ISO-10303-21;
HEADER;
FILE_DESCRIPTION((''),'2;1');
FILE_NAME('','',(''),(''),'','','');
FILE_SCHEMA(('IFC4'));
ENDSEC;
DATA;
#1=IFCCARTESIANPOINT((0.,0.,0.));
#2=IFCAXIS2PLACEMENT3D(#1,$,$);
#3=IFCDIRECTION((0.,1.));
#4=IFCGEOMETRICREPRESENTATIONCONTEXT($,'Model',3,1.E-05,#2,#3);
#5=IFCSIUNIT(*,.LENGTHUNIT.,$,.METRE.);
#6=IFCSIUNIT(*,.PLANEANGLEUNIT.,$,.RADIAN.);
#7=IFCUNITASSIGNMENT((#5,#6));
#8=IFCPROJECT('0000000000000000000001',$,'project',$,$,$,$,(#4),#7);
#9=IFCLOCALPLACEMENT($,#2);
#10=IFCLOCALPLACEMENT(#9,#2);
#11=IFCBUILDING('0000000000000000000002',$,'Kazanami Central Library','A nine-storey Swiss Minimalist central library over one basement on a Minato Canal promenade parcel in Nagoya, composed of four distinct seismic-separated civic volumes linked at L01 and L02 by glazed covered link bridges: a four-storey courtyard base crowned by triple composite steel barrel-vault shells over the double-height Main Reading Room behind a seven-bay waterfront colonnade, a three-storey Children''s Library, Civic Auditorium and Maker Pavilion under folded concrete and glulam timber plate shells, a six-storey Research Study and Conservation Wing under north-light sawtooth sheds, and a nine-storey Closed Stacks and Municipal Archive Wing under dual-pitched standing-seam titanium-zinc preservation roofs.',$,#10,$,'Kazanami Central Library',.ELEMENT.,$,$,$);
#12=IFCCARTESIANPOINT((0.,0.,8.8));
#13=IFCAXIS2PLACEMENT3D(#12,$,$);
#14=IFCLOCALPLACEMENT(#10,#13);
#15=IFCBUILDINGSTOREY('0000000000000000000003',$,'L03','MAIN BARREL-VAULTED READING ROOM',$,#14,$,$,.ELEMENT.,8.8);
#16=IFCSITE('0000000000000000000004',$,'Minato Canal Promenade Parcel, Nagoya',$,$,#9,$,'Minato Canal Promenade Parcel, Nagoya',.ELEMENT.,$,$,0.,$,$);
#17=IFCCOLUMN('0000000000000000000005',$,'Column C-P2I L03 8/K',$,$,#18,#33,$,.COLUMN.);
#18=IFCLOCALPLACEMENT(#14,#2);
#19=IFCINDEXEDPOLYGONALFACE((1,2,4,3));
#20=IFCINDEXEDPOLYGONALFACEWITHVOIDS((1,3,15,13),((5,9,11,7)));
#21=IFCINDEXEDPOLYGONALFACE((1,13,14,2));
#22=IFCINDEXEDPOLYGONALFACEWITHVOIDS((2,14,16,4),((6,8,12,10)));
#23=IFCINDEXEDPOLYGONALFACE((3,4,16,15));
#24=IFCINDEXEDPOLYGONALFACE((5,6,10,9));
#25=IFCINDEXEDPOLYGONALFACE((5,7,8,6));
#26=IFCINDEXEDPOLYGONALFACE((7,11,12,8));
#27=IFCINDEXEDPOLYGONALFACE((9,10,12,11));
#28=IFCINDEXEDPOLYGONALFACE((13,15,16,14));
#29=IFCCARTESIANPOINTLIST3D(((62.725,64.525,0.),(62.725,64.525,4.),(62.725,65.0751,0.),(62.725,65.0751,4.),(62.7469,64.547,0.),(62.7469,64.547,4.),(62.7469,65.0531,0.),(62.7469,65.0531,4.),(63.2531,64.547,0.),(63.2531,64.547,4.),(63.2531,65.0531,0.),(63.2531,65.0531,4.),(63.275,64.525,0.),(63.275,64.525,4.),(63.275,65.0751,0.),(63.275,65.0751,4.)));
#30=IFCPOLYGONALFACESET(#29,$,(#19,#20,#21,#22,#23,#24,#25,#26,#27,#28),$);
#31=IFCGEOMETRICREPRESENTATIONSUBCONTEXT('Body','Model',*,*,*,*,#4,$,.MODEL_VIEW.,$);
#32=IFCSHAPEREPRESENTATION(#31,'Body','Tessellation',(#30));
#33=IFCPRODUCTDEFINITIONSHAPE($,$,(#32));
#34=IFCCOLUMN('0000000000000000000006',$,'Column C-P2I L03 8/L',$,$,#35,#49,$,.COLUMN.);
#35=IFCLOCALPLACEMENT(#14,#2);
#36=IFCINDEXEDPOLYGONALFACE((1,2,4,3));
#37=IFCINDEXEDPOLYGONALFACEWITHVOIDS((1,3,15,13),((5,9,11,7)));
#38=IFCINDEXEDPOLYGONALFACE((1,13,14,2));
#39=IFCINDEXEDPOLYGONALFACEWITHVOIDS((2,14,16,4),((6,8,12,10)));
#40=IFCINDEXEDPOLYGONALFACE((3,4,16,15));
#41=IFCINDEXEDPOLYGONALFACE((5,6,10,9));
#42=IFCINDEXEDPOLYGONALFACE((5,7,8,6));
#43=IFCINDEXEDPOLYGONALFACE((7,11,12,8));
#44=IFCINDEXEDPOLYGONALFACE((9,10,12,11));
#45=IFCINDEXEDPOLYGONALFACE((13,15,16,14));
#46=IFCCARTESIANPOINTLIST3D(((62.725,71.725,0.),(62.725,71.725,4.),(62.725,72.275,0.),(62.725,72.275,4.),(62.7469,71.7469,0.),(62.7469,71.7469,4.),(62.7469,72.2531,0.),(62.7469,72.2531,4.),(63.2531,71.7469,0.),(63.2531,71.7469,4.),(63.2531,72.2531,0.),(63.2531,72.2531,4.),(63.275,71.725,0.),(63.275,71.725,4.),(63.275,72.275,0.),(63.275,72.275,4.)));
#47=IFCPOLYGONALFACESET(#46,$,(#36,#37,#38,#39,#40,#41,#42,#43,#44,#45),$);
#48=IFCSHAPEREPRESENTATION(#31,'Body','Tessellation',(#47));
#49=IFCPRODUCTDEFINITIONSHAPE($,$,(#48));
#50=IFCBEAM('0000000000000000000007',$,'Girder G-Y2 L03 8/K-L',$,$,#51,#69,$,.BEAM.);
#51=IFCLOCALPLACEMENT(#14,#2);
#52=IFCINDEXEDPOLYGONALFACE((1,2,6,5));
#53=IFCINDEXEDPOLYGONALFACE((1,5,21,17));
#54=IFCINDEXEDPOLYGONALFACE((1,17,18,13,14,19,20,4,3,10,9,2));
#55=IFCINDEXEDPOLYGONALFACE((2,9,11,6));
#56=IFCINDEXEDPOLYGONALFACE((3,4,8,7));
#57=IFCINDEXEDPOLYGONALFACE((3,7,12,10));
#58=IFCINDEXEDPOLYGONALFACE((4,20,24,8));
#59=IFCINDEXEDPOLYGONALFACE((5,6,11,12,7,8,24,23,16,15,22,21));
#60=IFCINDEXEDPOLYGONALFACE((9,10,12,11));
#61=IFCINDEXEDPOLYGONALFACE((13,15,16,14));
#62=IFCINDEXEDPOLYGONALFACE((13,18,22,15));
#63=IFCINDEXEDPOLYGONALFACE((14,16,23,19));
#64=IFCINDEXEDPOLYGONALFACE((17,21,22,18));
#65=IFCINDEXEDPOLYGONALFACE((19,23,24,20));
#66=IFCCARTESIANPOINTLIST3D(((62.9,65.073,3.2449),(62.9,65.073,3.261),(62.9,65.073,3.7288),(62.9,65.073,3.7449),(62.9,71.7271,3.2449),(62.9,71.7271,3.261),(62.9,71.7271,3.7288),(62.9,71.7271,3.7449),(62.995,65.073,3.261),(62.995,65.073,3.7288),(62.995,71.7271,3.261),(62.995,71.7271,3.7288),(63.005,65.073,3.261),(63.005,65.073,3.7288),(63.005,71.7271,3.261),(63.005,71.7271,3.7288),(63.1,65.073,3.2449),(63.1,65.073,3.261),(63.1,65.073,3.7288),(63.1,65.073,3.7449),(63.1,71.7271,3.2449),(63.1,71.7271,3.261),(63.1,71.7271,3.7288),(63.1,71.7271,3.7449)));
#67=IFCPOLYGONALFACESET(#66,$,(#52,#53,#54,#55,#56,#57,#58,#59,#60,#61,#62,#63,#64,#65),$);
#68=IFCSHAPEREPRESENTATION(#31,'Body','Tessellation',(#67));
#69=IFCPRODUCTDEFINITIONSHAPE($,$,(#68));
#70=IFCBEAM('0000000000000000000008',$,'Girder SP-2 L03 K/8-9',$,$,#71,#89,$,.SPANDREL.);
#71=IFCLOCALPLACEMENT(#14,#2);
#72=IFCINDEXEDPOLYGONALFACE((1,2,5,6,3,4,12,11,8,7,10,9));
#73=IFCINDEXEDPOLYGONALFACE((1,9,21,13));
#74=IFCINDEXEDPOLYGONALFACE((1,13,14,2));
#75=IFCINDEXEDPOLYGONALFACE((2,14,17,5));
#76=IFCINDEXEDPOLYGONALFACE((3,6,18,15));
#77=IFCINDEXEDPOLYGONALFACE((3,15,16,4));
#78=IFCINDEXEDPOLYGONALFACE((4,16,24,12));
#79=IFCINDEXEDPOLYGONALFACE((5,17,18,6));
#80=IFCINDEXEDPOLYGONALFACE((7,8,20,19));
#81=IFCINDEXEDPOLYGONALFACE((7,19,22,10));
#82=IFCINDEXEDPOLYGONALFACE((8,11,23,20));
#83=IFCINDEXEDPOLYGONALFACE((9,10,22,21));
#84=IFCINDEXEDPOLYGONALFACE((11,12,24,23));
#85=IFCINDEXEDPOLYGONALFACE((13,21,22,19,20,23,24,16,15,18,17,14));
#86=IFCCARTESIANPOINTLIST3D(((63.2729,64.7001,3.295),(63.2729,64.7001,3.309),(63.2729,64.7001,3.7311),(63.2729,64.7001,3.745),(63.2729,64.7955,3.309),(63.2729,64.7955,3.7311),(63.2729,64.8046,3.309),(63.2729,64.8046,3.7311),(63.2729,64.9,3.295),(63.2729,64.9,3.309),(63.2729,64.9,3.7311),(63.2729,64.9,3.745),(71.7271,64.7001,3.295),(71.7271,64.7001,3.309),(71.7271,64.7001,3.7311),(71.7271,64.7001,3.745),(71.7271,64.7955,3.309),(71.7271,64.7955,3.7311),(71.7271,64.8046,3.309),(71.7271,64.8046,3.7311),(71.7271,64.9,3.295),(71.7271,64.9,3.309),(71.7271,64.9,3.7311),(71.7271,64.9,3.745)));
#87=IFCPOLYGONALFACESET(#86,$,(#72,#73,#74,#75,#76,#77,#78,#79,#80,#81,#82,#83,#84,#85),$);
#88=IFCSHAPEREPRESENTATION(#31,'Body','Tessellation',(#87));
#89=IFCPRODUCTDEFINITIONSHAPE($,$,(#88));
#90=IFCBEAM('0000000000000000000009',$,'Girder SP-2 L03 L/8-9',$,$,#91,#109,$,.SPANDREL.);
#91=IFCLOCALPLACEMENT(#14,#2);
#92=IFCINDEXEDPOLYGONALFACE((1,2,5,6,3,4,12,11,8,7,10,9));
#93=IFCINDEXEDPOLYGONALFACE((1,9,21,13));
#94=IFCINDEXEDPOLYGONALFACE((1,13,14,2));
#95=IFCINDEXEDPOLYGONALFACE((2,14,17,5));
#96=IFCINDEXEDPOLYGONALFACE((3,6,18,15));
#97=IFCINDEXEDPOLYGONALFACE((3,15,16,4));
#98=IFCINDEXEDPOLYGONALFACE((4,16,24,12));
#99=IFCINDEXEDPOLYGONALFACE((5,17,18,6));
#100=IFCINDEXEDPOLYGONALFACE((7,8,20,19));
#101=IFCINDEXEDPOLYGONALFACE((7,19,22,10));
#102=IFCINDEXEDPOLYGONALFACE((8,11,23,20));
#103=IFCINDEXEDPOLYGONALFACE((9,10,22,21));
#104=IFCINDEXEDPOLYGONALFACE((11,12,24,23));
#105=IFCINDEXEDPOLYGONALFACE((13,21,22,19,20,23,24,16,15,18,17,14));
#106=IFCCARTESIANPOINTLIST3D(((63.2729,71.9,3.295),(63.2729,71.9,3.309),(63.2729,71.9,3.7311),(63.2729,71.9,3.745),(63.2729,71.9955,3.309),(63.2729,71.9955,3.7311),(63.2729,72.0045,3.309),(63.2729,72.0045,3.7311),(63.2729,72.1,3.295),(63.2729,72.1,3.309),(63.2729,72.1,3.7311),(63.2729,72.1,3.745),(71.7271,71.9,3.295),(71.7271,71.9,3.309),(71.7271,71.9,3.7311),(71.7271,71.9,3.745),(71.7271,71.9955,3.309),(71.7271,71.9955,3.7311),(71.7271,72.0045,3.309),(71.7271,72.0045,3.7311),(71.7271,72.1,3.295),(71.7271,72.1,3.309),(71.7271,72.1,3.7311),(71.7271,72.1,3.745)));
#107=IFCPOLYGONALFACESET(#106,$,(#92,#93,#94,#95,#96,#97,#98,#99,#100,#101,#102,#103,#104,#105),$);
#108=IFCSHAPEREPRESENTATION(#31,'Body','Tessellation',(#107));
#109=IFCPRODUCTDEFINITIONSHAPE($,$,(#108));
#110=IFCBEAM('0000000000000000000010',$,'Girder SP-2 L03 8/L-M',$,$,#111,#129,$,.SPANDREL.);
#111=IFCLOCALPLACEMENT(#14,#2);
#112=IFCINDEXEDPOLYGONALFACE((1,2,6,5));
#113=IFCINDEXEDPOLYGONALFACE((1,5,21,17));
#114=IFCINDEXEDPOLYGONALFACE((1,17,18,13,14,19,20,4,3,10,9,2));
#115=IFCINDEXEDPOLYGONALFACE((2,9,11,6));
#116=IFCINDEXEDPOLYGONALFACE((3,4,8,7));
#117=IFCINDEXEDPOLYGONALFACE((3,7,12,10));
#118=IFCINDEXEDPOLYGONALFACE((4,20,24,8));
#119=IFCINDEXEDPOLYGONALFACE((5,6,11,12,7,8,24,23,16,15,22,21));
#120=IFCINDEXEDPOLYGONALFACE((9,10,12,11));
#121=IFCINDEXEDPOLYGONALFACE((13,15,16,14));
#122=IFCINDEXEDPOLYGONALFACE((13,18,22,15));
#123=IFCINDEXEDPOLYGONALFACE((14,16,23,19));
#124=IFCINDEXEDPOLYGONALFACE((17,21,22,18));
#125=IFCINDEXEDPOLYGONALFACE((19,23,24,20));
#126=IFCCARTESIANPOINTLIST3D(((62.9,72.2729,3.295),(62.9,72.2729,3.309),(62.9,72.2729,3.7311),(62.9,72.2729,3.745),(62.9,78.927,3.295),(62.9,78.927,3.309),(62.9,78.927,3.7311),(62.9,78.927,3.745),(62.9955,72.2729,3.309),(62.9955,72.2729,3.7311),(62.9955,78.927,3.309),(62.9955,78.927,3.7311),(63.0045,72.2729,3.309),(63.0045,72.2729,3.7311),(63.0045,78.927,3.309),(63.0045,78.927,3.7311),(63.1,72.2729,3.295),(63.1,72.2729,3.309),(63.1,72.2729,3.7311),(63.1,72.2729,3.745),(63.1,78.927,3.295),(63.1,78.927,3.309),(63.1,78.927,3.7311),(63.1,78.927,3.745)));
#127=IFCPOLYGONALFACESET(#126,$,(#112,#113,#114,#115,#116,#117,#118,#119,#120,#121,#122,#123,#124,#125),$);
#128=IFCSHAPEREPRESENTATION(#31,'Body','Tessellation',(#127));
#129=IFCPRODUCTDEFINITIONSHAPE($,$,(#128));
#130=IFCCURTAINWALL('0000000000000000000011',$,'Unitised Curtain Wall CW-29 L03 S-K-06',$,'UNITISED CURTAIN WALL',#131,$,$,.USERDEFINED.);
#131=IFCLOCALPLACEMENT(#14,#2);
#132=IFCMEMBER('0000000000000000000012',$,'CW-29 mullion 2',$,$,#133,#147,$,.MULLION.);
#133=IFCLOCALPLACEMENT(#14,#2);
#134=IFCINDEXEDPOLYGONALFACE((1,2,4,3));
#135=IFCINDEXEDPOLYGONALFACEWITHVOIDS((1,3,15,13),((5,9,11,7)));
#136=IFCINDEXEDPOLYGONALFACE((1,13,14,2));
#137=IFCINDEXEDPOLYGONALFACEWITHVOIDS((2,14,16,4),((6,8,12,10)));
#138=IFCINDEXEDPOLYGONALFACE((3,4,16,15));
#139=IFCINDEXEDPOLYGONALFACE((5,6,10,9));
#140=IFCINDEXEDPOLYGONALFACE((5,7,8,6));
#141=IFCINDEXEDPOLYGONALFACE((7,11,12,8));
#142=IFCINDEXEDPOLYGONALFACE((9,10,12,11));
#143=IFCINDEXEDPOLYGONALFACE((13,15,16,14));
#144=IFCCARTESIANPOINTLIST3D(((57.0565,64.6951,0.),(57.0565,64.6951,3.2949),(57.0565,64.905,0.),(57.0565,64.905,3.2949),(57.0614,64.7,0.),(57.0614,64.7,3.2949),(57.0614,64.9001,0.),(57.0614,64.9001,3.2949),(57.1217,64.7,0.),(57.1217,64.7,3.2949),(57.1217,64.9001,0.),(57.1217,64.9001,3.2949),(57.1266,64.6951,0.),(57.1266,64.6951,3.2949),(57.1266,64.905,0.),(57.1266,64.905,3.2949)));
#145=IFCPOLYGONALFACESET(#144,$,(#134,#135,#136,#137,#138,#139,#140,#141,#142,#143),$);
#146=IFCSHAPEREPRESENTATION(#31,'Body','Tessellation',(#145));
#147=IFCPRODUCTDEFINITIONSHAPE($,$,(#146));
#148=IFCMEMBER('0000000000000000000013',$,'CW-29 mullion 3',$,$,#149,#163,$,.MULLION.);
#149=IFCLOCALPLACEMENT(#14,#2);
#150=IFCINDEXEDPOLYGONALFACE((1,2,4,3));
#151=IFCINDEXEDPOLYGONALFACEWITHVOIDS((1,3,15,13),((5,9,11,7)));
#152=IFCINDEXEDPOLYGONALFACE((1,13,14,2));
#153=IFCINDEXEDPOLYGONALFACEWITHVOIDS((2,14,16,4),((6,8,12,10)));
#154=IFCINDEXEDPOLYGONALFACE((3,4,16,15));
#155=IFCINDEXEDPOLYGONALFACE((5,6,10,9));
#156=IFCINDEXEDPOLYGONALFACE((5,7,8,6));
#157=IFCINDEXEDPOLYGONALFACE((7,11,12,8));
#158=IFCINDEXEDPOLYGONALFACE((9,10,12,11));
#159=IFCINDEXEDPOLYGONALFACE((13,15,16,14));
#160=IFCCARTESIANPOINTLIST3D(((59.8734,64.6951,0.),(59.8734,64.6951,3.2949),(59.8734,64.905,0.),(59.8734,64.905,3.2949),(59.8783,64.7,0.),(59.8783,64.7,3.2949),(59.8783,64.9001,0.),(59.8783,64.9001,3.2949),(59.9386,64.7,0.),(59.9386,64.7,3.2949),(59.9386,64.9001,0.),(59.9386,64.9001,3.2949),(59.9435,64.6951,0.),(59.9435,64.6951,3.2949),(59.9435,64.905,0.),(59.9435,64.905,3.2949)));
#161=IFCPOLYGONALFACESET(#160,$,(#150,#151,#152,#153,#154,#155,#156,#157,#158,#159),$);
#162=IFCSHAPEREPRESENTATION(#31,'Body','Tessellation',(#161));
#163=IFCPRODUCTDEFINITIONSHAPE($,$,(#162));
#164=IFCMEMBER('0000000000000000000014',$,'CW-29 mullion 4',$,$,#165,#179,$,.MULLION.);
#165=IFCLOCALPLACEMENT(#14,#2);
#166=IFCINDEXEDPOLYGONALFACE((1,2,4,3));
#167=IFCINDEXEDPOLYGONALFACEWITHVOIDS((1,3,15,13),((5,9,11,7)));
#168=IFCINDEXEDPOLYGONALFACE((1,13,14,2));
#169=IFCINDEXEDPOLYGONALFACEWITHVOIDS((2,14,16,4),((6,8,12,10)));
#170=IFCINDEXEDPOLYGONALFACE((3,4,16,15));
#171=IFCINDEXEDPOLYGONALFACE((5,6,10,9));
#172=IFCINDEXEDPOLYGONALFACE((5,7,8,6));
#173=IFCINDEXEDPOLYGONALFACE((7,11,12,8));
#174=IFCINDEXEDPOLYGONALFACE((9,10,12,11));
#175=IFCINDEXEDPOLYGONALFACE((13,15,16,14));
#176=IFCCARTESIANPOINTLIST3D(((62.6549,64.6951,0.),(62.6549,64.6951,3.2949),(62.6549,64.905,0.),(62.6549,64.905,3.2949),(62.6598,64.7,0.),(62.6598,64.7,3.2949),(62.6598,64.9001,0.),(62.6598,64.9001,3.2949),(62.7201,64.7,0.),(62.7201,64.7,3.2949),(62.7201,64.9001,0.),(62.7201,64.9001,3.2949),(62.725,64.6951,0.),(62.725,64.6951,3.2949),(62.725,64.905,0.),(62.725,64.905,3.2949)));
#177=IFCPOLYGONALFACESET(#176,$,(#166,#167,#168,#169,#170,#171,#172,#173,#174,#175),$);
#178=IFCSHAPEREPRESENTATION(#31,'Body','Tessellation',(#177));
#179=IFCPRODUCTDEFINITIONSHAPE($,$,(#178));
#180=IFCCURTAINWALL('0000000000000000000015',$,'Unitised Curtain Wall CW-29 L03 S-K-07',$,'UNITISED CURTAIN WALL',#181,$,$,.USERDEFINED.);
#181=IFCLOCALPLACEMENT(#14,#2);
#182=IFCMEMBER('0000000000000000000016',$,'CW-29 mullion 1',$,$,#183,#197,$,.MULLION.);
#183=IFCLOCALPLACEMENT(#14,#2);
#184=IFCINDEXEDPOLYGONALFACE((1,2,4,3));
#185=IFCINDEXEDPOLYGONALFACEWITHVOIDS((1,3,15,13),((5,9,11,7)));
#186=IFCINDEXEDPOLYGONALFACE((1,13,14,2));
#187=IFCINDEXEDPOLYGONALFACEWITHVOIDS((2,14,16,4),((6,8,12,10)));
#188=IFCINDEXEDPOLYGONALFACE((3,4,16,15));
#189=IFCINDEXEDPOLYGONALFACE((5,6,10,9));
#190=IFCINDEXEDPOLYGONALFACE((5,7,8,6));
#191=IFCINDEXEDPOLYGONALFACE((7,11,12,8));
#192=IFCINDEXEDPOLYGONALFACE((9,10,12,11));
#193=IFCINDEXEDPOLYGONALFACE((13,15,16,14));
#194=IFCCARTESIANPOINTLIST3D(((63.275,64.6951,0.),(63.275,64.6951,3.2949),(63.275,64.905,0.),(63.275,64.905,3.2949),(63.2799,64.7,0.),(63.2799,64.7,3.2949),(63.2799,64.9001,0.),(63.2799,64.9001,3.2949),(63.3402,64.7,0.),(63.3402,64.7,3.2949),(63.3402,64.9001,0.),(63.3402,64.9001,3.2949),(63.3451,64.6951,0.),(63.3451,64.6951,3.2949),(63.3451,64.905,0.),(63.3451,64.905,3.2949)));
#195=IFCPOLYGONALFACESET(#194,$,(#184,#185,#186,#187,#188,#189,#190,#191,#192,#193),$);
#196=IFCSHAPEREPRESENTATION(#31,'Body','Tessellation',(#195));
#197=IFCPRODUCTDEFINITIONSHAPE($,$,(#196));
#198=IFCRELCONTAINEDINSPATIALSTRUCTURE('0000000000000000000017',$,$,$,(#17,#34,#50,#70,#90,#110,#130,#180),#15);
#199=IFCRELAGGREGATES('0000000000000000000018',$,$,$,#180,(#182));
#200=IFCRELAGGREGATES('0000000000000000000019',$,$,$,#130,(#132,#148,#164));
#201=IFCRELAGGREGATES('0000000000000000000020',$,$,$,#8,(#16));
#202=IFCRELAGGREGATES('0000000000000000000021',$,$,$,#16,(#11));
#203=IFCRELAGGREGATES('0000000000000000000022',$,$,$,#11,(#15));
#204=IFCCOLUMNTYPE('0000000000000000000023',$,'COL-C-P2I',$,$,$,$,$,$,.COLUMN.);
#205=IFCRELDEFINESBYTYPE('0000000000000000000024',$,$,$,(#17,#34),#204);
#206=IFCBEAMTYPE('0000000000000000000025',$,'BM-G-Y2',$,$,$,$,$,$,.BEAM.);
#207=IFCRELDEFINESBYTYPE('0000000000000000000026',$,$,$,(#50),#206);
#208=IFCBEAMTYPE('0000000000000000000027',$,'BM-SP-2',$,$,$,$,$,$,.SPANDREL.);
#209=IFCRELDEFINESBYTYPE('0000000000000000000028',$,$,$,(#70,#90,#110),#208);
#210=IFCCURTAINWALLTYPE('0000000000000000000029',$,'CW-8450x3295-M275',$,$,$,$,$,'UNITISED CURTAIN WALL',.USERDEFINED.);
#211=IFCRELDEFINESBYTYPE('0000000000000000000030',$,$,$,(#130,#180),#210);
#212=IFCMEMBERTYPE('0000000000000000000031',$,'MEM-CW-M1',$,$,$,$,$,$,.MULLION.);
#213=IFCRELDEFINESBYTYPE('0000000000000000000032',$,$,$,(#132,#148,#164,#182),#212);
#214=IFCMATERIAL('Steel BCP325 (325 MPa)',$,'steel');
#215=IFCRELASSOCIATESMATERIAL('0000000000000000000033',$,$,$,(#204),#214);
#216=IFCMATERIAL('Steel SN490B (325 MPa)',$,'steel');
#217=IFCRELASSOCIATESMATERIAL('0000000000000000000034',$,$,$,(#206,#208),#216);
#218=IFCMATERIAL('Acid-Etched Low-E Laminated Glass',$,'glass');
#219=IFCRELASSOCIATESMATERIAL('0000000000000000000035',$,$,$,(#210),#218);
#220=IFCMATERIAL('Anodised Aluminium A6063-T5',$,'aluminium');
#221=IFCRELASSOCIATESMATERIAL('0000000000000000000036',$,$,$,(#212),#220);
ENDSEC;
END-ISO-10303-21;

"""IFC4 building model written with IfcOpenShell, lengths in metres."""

from ifc_helpers import new_model, si_unit, direction, frame, origin, origin_2d, place, context, subcontext, project, spatial, hollow_rectangle, i_section, extrude, material, material_profile, profile_set, type_object, element, aggregate, save


model = new_model("IFC4")

# Units and contexts
model_context = context("Model", 3, precision=1e-05, world=origin(), true_north=direction((0.0, 1.0)))
body_context = subcontext(model_context, "Body", "Model", "MODEL_VIEW")
ifc_project = project(units=[si_unit("LENGTHUNIT", "METRE"), si_unit("PLANEANGLEUNIT", "RADIAN")], contexts=[model_context])

# Site, building, storey
site_placement = place(None, origin())
site = spatial("IfcSite", under=ifc_project, at=site_placement, Name="Minato Canal Promenade Parcel, Nagoya", LongName="Minato Canal Promenade Parcel, Nagoya", CompositionType="ELEMENT", RefElevation=0.0)
building_placement = place(site_placement, origin())
building = spatial("IfcBuilding", under=site, at=building_placement, Name="Kazanami Central Library", Description="A nine-storey Swiss Minimalist central library over one basement on a Minato Canal promenade parcel in Nagoya, composed of four distinct seismic-separated civic volumes linked at L01 and L02 by glazed covered link bridges: a four-storey courtyard base crowned by triple composite steel barrel-vault shells over the double-height Main Reading Room behind a seven-bay waterfront colonnade, a three-storey Children's Library, Civic Auditorium and Maker Pavilion under folded concrete and glulam timber plate shells, a six-storey Research Study and Conservation Wing under north-light sawtooth sheds, and a nine-storey Closed Stacks and Municipal Archive Wing under dual-pitched standing-seam titanium-zinc preservation roofs.", LongName="Kazanami Central Library", CompositionType="ELEMENT")
storey_placement = place(building_placement, frame((0.0, 0.0, 8.8)))
storey = spatial("IfcBuildingStorey", under=building, at=storey_placement, Name="L03", Description="MAIN BARREL-VAULTED READING ROOM", CompositionType="ELEMENT", Elevation=8.8)

# Columns
ifc_material_1 = material(Name="Steel BCP325 (325 MPa)", Category="steel")
ifc_material_profile_1 = material_profile(ifc_material_1, hollow_rectangle(XDim=0.55, YDim=0.55, WallThickness=0.022, at=origin_2d()), Name="BCP-550x550x22")
ifc_profile_set_1 = profile_set([ifc_material_profile_1], Name="Steel BCP325 (325 MPa)")
column_type = type_object("IfcColumnType", Name="COL-C-P2I", PredefinedType="COLUMN", material=ifc_profile_set_1)
for number, where, z_axis, x_axis, name in (
    (1, (63.0, 64.8, 0.0), (0.0, 0.0, 1.0), (1.0, 0.0, 0.0), "Column C-P2I L03 8/K"),
    (2, (63.0, 72.0, 0.0), (0.0, 0.0, 1.0), (1.0, 0.0, 0.0), "Column C-P2I L03 8/L"),
):
    element("IfcColumn", number, at=place(storey_placement, frame(where, z_axis=z_axis, x_axis=x_axis)), inside=storey, type_object=column_type, Name=name, PredefinedType="COLUMN", context=body_context, shape_type="SweptSolid", body=[
        extrude(hollow_rectangle(XDim=0.55, YDim=0.55, WallThickness=0.022, at=origin_2d()), origin(), (0.0, 0.0, 1.0), 4.0),
    ])

# Beams
ifc_material_2 = material(Name="Steel SN490B (325 MPa)", Category="steel")
ifc_material_profile_2 = material_profile(ifc_material_2, i_section(OverallWidth=0.2, OverallDepth=0.5, WebThickness=0.01, FlangeThickness=0.0161, at=origin_2d()), Name="H-500x200x10x16")
ifc_profile_set_2 = profile_set([ifc_material_profile_2], Name="Steel SN490B (325 MPa)")
beam_type_1 = type_object("IfcBeamType", Name="BM-G-Y2", PredefinedType="BEAM", material=ifc_profile_set_2)
beam_1_placement = place(storey_placement, frame((63.0, 65.073, 3.4949), z_axis=(0.0, 1.0, 0.0), x_axis=(-1.0, 0.0, 0.0)))
element("IfcBeam", 3, at=beam_1_placement, inside=storey, type_object=beam_type_1, Name="Girder G-Y2 L03 8/K-L", PredefinedType="BEAM", context=body_context, shape_type="SweptSolid", body=[
    extrude(i_section(OverallWidth=0.2, OverallDepth=0.5, WebThickness=0.01, FlangeThickness=0.0161, at=origin_2d()), origin(), (0.0, 0.0, 1.0), 6.6541),
])
ifc_material_profile_3 = material_profile(ifc_material_2, i_section(OverallWidth=0.2, OverallDepth=0.45, WebThickness=0.009, FlangeThickness=0.0139, at=origin_2d()), Name="H-450x200x9x14")
ifc_profile_set_3 = profile_set([ifc_material_profile_3], Name="Steel SN490B (325 MPa)")
beam_type_2 = type_object("IfcBeamType", Name="BM-SP-2", PredefinedType="SPANDREL", material=ifc_profile_set_3)
for number, where, z_axis, x_axis, name in (
    (4, (63.2729, 64.8, 3.52), (1.0, 0.0, 0.0), (0.0, 1.0, 0.0), "Girder SP-2 L03 K/8-9"),
    (5, (63.2729, 72.0, 3.52), (1.0, 0.0, 0.0), (0.0, 1.0, 0.0), "Girder SP-2 L03 L/8-9"),
):
    element("IfcBeam", number, at=place(storey_placement, frame(where, z_axis=z_axis, x_axis=x_axis)), inside=storey, type_object=beam_type_2, Name=name, PredefinedType="SPANDREL", context=body_context, shape_type="SweptSolid", body=[
        extrude(i_section(OverallWidth=0.2, OverallDepth=0.45, WebThickness=0.009, FlangeThickness=0.0139, at=origin_2d()), origin(), (0.0, 0.0, 1.0), 8.4541),
    ])
beam_2_placement = place(storey_placement, frame((63.0, 72.2729, 3.52), z_axis=(0.0, 1.0, 0.0), x_axis=(-1.0, 0.0, 0.0)))
element("IfcBeam", 6, at=beam_2_placement, inside=storey, type_object=beam_type_2, Name="Girder SP-2 L03 8/L-M", PredefinedType="SPANDREL", context=body_context, shape_type="SweptSolid", body=[
    extrude(i_section(OverallWidth=0.2, OverallDepth=0.45, WebThickness=0.009, FlangeThickness=0.0139, at=origin_2d()), origin(), (0.0, 0.0, 1.0), 6.6541),
])

# Curtain wall, members
ifc_material_3 = material(Name="Acid-Etched Low-E Laminated Glass", Category="glass")
curtain_wall_type = type_object("IfcCurtainWallType", Name="CW-8450x3295-M275", ElementType="UNITISED CURTAIN WALL", PredefinedType="USERDEFINED", material=ifc_material_3)
curtain_wall_1_placement = place(storey_placement, origin())
curtain_wall_1 = element("IfcCurtainWall", 7, at=curtain_wall_1_placement, inside=storey, type_object=curtain_wall_type, Name="Unitised Curtain Wall CW-29 L03 S-K-06", ObjectType="UNITISED CURTAIN WALL", PredefinedType="USERDEFINED")
ifc_material_4 = material(Name="Anodised Aluminium A6063-T5", Category="aluminium")
ifc_material_profile_4 = material_profile(ifc_material_4, hollow_rectangle(XDim=0.0701, YDim=0.21, WallThickness=0.0049, at=origin_2d()), Name="ALU-MULL-70x210x5")
ifc_profile_set_4 = profile_set([ifc_material_profile_4], Name="Anodised Aluminium A6063-T5")
member_type_1 = type_object("IfcMemberType", Name="MEM-CW-M1", PredefinedType="MULLION", material=ifc_profile_set_4)
member_1_placement = place(storey_placement, frame((57.0916, 64.8, 0.0), z_axis=(0.0, 0.0, 1.0), x_axis=(1.0, 0.0, 0.0)))
member_1 = element("IfcMember", 8, at=member_1_placement, type_object=member_type_1, Name="CW-29 mullion 2", PredefinedType="MULLION", context=body_context, shape_type="SweptSolid", body=[
    extrude(hollow_rectangle(XDim=0.0701, YDim=0.21, WallThickness=0.0049, at=origin_2d()), origin(), (0.0, 0.0, 1.0), 3.2949),
])
member_2_placement = place(storey_placement, frame((59.9084, 64.8, 0.0), z_axis=(0.0, 0.0, 1.0), x_axis=(1.0, 0.0, 0.0)))
member_2 = element("IfcMember", 9, at=member_2_placement, type_object=member_type_1, Name="CW-29 mullion 3", PredefinedType="MULLION", context=body_context, shape_type="SweptSolid", body=[
    extrude(hollow_rectangle(XDim=0.0701, YDim=0.21, WallThickness=0.0049, at=origin_2d()), origin(), (0.0, 0.0, 1.0), 3.2949),
])
member_3_placement = place(storey_placement, frame((62.6899, 64.8, 0.0), z_axis=(0.0, 0.0, 1.0), x_axis=(1.0, 0.0, 0.0)))
member_3 = element("IfcMember", 10, at=member_3_placement, type_object=member_type_1, Name="CW-29 mullion 4", PredefinedType="MULLION", context=body_context, shape_type="SweptSolid", body=[
    extrude(hollow_rectangle(XDim=0.0701, YDim=0.21, WallThickness=0.0049, at=origin_2d()), origin(), (0.0, 0.0, 1.0), 3.2949),
])

# Curtain wall, member
curtain_wall_2_placement = place(storey_placement, origin())
curtain_wall_2 = element("IfcCurtainWall", 11, at=curtain_wall_2_placement, inside=storey, type_object=curtain_wall_type, Name="Unitised Curtain Wall CW-29 L03 S-K-07", ObjectType="UNITISED CURTAIN WALL", PredefinedType="USERDEFINED")
member_4_placement = place(storey_placement, frame((63.3101, 64.8, 0.0), z_axis=(0.0, 0.0, 1.0), x_axis=(1.0, 0.0, 0.0)))
member_4 = element("IfcMember", 12, at=member_4_placement, type_object=member_type_1, Name="CW-29 mullion 1", PredefinedType="MULLION", context=body_context, shape_type="SweptSolid", body=[
    extrude(hollow_rectangle(XDim=0.0701, YDim=0.21, WallThickness=0.0049, at=origin_2d()), origin(), (0.0, 0.0, 1.0), 3.2949),
])
aggregate(curtain_wall_2, [member_4])

aggregate(curtain_wall_1, [member_1, member_2, member_3])

save(model, "model.ifc")
